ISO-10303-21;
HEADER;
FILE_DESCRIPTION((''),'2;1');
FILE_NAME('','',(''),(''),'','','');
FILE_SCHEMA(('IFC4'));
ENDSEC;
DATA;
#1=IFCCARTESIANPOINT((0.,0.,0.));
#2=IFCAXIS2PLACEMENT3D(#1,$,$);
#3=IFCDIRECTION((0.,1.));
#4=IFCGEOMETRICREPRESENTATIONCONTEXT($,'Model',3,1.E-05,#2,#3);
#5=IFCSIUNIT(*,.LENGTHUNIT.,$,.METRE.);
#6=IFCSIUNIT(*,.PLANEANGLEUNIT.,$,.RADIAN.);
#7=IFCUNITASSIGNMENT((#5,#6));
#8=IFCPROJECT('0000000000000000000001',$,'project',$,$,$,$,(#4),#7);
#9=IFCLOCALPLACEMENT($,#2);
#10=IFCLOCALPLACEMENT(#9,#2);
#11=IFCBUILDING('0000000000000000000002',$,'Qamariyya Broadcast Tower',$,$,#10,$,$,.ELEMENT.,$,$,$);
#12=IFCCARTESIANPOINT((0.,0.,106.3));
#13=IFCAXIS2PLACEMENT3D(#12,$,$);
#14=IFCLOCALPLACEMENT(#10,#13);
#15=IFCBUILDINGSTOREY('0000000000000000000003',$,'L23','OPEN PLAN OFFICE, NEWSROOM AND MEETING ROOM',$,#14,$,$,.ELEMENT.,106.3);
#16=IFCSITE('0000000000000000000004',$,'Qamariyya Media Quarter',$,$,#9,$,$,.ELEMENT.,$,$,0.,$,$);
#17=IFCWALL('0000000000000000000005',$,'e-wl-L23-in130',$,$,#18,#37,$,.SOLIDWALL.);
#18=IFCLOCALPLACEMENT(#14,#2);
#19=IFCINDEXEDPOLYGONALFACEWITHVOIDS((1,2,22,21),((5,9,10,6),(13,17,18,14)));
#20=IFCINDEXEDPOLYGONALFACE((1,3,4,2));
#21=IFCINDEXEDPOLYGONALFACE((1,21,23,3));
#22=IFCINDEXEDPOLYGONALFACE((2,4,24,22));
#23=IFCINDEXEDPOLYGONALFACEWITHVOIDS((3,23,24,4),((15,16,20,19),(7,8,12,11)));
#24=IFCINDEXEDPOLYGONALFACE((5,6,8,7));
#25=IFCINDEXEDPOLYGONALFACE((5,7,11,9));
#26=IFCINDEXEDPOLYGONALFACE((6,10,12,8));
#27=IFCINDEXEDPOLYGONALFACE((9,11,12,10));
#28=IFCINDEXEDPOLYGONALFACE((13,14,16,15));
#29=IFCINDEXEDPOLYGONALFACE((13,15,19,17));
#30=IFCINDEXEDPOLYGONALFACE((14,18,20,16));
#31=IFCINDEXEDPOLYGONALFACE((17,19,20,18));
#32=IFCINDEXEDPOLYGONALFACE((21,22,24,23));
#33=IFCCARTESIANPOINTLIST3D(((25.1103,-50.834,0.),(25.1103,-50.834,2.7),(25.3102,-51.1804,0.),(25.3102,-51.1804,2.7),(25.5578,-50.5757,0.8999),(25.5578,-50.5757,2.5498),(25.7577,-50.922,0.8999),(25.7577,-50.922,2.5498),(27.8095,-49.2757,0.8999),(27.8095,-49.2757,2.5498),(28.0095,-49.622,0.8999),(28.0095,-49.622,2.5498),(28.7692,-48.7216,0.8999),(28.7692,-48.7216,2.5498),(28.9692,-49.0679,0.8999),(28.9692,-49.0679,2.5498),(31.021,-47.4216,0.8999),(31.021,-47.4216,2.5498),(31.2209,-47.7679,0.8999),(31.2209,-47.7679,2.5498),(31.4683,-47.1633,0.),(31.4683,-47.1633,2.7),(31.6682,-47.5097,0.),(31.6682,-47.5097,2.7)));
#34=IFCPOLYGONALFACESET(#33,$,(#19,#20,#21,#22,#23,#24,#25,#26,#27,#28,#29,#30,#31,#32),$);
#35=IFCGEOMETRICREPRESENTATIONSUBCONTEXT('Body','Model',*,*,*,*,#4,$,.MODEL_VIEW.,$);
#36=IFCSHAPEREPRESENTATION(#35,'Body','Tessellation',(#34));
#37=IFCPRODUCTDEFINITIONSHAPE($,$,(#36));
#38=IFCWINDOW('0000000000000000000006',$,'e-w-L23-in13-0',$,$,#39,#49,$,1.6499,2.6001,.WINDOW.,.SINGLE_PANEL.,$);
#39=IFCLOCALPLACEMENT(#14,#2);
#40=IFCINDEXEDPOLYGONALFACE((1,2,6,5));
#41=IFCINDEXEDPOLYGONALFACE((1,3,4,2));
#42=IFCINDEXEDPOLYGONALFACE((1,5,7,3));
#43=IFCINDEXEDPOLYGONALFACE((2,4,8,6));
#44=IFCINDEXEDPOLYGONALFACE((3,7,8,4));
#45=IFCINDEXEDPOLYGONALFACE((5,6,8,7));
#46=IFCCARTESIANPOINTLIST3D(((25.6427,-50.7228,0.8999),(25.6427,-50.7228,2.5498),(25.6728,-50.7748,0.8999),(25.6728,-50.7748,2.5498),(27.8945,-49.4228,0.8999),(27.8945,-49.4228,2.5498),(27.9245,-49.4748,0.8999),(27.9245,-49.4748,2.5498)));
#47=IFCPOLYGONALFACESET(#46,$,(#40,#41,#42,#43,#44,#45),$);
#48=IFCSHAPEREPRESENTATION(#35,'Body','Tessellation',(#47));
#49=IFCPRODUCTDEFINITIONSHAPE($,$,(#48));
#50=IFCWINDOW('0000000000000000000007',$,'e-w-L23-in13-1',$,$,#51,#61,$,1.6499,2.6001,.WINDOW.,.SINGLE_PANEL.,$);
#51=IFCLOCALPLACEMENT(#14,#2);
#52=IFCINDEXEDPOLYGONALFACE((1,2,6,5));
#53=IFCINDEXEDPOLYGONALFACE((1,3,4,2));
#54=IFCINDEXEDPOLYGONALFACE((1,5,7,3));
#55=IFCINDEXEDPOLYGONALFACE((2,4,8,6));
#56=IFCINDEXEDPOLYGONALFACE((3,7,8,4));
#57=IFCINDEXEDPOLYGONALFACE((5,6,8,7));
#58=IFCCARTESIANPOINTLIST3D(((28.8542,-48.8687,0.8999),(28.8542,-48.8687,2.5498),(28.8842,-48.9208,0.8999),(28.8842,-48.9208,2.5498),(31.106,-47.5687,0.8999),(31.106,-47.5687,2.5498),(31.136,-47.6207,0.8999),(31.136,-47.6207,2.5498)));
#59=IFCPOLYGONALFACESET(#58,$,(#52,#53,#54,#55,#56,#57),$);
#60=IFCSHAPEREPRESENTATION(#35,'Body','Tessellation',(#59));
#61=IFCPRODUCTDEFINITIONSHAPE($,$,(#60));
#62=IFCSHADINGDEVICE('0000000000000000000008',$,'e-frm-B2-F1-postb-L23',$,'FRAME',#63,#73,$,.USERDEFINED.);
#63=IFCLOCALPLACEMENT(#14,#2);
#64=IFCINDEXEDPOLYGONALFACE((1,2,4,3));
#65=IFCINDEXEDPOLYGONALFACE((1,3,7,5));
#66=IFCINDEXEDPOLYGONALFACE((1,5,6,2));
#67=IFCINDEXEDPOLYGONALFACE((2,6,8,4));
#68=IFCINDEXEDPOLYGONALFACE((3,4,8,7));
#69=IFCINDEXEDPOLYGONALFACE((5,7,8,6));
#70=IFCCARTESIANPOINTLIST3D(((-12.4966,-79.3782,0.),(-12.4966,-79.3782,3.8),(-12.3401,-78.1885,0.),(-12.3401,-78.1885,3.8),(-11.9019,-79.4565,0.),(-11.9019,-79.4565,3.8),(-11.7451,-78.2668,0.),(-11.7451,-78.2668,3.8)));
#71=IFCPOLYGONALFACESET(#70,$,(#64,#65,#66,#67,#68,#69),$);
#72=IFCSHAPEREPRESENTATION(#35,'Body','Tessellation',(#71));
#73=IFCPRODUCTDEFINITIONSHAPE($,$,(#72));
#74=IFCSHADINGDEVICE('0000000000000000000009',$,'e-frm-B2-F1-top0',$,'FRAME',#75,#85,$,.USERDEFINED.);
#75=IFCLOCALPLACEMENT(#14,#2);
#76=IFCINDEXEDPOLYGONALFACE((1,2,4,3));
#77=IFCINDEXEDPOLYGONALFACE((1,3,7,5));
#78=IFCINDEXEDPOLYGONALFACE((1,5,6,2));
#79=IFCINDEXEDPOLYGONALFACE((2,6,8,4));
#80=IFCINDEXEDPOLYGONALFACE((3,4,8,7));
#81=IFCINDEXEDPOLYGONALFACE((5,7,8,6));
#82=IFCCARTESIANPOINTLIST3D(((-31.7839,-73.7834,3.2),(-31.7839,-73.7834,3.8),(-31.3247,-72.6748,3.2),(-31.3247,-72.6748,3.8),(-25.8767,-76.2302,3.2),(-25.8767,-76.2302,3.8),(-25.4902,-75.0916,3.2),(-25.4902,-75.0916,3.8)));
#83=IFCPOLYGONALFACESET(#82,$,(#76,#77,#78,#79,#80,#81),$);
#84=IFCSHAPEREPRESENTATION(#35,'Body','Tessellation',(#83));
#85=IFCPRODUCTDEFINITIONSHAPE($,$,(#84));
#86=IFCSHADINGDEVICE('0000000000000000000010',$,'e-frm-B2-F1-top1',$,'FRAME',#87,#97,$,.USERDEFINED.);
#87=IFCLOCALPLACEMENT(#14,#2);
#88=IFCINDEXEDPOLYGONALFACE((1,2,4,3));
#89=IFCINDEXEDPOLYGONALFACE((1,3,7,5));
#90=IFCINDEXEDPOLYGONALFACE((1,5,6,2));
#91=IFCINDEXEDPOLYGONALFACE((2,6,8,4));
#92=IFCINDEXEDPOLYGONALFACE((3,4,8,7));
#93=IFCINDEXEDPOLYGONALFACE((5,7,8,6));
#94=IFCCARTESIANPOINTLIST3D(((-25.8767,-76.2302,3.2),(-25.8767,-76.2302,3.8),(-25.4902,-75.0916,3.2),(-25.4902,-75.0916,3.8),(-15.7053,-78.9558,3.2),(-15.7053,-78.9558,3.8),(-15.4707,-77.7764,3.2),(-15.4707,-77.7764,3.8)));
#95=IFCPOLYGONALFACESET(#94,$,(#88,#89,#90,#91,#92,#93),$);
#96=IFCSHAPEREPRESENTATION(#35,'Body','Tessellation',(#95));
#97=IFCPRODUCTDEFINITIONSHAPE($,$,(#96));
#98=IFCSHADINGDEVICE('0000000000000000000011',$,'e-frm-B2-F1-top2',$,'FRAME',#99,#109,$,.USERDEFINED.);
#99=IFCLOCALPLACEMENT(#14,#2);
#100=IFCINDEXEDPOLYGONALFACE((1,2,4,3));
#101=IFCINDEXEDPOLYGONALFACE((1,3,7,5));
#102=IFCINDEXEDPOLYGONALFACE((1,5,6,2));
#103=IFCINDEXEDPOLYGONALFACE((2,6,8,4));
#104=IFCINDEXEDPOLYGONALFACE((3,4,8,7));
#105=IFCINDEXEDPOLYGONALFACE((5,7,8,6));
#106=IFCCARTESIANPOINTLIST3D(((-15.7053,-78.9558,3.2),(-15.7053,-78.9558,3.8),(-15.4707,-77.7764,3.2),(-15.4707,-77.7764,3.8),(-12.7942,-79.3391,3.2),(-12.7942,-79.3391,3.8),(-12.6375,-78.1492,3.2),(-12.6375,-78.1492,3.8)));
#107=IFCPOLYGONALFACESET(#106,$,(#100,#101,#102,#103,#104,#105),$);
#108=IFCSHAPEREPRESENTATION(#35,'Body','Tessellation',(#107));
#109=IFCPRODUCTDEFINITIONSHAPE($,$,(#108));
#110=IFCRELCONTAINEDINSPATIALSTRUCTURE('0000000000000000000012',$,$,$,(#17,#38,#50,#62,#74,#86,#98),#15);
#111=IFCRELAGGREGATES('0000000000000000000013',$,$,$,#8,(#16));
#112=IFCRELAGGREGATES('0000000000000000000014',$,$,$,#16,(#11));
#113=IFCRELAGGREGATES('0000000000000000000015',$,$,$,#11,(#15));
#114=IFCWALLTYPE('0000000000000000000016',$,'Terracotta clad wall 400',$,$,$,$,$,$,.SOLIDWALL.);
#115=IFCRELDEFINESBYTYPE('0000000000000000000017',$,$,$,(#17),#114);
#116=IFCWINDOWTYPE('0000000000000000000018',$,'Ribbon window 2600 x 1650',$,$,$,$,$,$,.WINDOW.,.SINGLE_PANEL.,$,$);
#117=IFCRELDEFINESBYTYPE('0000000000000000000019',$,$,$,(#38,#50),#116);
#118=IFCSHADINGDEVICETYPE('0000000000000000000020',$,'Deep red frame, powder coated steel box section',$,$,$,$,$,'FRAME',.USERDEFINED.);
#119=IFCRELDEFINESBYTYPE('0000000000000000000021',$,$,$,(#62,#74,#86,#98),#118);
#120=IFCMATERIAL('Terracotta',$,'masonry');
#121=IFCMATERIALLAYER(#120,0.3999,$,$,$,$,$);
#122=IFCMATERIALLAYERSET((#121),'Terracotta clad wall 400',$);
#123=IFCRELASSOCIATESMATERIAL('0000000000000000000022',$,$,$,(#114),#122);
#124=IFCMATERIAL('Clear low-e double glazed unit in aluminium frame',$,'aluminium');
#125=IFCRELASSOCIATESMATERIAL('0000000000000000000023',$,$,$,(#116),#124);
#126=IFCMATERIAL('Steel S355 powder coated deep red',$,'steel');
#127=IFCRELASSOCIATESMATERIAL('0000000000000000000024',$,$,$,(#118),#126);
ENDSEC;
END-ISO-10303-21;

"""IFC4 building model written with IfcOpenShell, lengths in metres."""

from ifc_helpers import new_model, si_unit, direction, frame, frame_2d, origin, place, context, subcontext, project, spatial, polyline, rectangle, outline, extrude, material, layer, layer_set, type_object, element, fill, save


model = new_model("IFC4")

# Units and contexts
model_context = context("Model", 3, precision=1e-05, world=origin(), true_north=direction((0.0, 1.0)))
body_context = subcontext(model_context, "Body", "Model", "MODEL_VIEW")
ifc_project = project(units=[si_unit("LENGTHUNIT", "METRE"), si_unit("PLANEANGLEUNIT", "RADIAN")], contexts=[model_context])

# Site, building, storey
site_placement = place(None, origin())
site = spatial("IfcSite", under=ifc_project, at=site_placement, Name="Qamariyya Media Quarter", CompositionType="ELEMENT", RefElevation=0.0)
building_placement = place(site_placement, origin())
building = spatial("IfcBuilding", under=site, at=building_placement, Name="Qamariyya Broadcast Tower", CompositionType="ELEMENT")
storey_placement = place(building_placement, frame((0.0, 0.0, 106.3)))
storey = spatial("IfcBuildingStorey", under=building, at=storey_placement, Name="L23", Description="OPEN PLAN OFFICE, NEWSROOM AND MEETING ROOM", CompositionType="ELEMENT", Elevation=106.3)

# Wall, openings, windows
ifc_material_1 = material(Name="Terracotta", Category="masonry")
ifc_layer_1 = layer(ifc_material_1, 0.3999)
ifc_layer_set_1 = layer_set([ifc_layer_1], Name="Terracotta clad wall 400")
wall_type_1 = type_object("IfcWallType", Name="Terracotta clad wall 400", PredefinedType="SOLIDWALL", material=ifc_layer_set_1)
ifc_material_2 = material(Name="Clear low-e double glazed unit in aluminium frame", Category="aluminium")
window_type = type_object("IfcWindowType", Name="Ribbon window 2600 x 1650", PartitioningType="SINGLE_PANEL", PredefinedType="WINDOW", material=ifc_material_2)
wall_1_placement = place(storey_placement, frame((31.5684, -47.3364, 0.0), z_axis=(0.0, 0.0, 1.0), x_axis=(-0.866031, -0.499991, 0.0)))
wall_1 = element("IfcWall", 1, at=wall_1_placement, inside=storey, type_object=wall_type_1, Name="e-wl-L23-in130", PredefinedType="SOLIDWALL", context=body_context, shape_type="SweptSolid", body=[
    extrude(rectangle(XDim=7.3416, YDim=0.3999, at=frame_2d((3.6709, 0.0))), origin(), (0.0, 0.0, 1.0), 2.7),
])
opening_1_placement = place(wall_1_placement, frame((4.2249, 0.0, 0.8999)))
opening_1 = element("IfcOpeningElement", 2, at=opening_1_placement, cuts=wall_1, PredefinedType="OPENING", context=body_context, shape_type="SweptSolid", body=[
    extrude(rectangle(XDim=2.6001, YDim=1.6499, at=frame_2d((1.3, 0.825))), frame((0.0, 0.21, 0.0), z_axis=(0.0, -1.0, 0.0), x_axis=(1.0, 0.0, 0.0)), (0.0, 0.0, 1.0), 0.4199),
])
opening_2_placement = place(wall_1_placement, frame((0.5166, 0.0, 0.8999)))
opening_2 = element("IfcOpeningElement", 3, at=opening_2_placement, cuts=wall_1, PredefinedType="OPENING", context=body_context, shape_type="SweptSolid", body=[
    extrude(rectangle(XDim=2.6001, YDim=1.6499, at=frame_2d((1.3, 0.825))), frame((0.0, 0.21, 0.0), z_axis=(0.0, -1.0, 0.0), x_axis=(1.0, 0.0, 0.0)), (0.0, 0.0, 1.0), 0.4199),
])
window_1_placement = place(opening_1_placement, origin())
window_1 = element("IfcWindow", 4, at=window_1_placement, inside=storey, type_object=window_type, Name="e-w-L23-in13-0", OverallHeight=1.6499, OverallWidth=2.6001, PartitioningType="SINGLE_PANEL", PredefinedType="WINDOW", context=body_context, shape_type="SweptSolid", body=[
    extrude(rectangle(XDim=2.6001, YDim=1.6499, at=frame_2d((1.3, 0.825))), frame((0.0, 0.03, 0.0), z_axis=(0.0, -1.0, 0.0), x_axis=(1.0, 0.0, 0.0)), (0.0, 0.0, 1.0), 0.0601),
])
fill(opening_1, window_1)
window_2_placement = place(opening_2_placement, origin())
window_2 = element("IfcWindow", 5, at=window_2_placement, inside=storey, type_object=window_type, Name="e-w-L23-in13-1", OverallHeight=1.6499, OverallWidth=2.6001, PartitioningType="SINGLE_PANEL", PredefinedType="WINDOW", context=body_context, shape_type="SweptSolid", body=[
    extrude(rectangle(XDim=2.6001, YDim=1.6499, at=frame_2d((1.3, 0.825))), frame((0.0, 0.03, 0.0), z_axis=(0.0, -1.0, 0.0), x_axis=(1.0, 0.0, 0.0)), (0.0, 0.0, 1.0), 0.0601),
])
fill(opening_2, window_2)

# Shading devices
ifc_material_3 = material(Name="Steel S355 powder coated deep red", Category="steel")
shading_device_type = type_object("IfcShadingDeviceType", Name="Deep red frame, powder coated steel box section", ElementType="FRAME", PredefinedType="USERDEFINED", material=ifc_material_3)
shading_device_1_placement = place(storey_placement, origin())
element("IfcShadingDevice", 6, at=shading_device_1_placement, inside=storey, type_object=shading_device_type, Name="e-frm-B2-F1-postb-L23", ObjectType="FRAME", PredefinedType="USERDEFINED", context=body_context, shape_type="SweptSolid", body=[
    extrude(outline(polyline([(-12.3401, -78.1885), (-12.4966, -79.3782), (-11.9019, -79.4565), (-11.7451, -78.2668), (-12.3401, -78.1885)])), origin(), (0.0, 0.0, 1.0), 3.8),
])
shading_device_2_placement = place(storey_placement, frame((0.0, 0.0, 3.2)))
element("IfcShadingDevice", 7, at=shading_device_2_placement, inside=storey, type_object=shading_device_type, Name="e-frm-B2-F1-top0", ObjectType="FRAME", PredefinedType="USERDEFINED", context=body_context, shape_type="SweptSolid", body=[
    extrude(outline(polyline([(-31.3247, -72.6748), (-31.7839, -73.7834), (-25.8767, -76.2302), (-25.4902, -75.0916), (-31.3247, -72.6748)])), origin(), (0.0, 0.0, 1.0), 0.6001),
])
shading_device_3_placement = place(storey_placement, frame((0.0, 0.0, 3.2)))
element("IfcShadingDevice", 8, at=shading_device_3_placement, inside=storey, type_object=shading_device_type, Name="e-frm-B2-F1-top1", ObjectType="FRAME", PredefinedType="USERDEFINED", context=body_context, shape_type="SweptSolid", body=[
    extrude(outline(polyline([(-25.4902, -75.0916), (-25.8767, -76.2302), (-15.7053, -78.9558), (-15.4707, -77.7764), (-25.4902, -75.0916)])), origin(), (0.0, 0.0, 1.0), 0.6001),
])
shading_device_4_placement = place(storey_placement, frame((0.0, 0.0, 3.2)))
element("IfcShadingDevice", 9, at=shading_device_4_placement, inside=storey, type_object=shading_device_type, Name="e-frm-B2-F1-top2", ObjectType="FRAME", PredefinedType="USERDEFINED", context=body_context, shape_type="SweptSolid", body=[
    extrude(outline(polyline([(-15.4707, -77.7764), (-15.7053, -78.9558), (-12.7942, -79.3391), (-12.6375, -78.1492), (-15.4707, -77.7764)])), origin(), (0.0, 0.0, 1.0), 0.6001),
])

save(model, "model.ifc")
